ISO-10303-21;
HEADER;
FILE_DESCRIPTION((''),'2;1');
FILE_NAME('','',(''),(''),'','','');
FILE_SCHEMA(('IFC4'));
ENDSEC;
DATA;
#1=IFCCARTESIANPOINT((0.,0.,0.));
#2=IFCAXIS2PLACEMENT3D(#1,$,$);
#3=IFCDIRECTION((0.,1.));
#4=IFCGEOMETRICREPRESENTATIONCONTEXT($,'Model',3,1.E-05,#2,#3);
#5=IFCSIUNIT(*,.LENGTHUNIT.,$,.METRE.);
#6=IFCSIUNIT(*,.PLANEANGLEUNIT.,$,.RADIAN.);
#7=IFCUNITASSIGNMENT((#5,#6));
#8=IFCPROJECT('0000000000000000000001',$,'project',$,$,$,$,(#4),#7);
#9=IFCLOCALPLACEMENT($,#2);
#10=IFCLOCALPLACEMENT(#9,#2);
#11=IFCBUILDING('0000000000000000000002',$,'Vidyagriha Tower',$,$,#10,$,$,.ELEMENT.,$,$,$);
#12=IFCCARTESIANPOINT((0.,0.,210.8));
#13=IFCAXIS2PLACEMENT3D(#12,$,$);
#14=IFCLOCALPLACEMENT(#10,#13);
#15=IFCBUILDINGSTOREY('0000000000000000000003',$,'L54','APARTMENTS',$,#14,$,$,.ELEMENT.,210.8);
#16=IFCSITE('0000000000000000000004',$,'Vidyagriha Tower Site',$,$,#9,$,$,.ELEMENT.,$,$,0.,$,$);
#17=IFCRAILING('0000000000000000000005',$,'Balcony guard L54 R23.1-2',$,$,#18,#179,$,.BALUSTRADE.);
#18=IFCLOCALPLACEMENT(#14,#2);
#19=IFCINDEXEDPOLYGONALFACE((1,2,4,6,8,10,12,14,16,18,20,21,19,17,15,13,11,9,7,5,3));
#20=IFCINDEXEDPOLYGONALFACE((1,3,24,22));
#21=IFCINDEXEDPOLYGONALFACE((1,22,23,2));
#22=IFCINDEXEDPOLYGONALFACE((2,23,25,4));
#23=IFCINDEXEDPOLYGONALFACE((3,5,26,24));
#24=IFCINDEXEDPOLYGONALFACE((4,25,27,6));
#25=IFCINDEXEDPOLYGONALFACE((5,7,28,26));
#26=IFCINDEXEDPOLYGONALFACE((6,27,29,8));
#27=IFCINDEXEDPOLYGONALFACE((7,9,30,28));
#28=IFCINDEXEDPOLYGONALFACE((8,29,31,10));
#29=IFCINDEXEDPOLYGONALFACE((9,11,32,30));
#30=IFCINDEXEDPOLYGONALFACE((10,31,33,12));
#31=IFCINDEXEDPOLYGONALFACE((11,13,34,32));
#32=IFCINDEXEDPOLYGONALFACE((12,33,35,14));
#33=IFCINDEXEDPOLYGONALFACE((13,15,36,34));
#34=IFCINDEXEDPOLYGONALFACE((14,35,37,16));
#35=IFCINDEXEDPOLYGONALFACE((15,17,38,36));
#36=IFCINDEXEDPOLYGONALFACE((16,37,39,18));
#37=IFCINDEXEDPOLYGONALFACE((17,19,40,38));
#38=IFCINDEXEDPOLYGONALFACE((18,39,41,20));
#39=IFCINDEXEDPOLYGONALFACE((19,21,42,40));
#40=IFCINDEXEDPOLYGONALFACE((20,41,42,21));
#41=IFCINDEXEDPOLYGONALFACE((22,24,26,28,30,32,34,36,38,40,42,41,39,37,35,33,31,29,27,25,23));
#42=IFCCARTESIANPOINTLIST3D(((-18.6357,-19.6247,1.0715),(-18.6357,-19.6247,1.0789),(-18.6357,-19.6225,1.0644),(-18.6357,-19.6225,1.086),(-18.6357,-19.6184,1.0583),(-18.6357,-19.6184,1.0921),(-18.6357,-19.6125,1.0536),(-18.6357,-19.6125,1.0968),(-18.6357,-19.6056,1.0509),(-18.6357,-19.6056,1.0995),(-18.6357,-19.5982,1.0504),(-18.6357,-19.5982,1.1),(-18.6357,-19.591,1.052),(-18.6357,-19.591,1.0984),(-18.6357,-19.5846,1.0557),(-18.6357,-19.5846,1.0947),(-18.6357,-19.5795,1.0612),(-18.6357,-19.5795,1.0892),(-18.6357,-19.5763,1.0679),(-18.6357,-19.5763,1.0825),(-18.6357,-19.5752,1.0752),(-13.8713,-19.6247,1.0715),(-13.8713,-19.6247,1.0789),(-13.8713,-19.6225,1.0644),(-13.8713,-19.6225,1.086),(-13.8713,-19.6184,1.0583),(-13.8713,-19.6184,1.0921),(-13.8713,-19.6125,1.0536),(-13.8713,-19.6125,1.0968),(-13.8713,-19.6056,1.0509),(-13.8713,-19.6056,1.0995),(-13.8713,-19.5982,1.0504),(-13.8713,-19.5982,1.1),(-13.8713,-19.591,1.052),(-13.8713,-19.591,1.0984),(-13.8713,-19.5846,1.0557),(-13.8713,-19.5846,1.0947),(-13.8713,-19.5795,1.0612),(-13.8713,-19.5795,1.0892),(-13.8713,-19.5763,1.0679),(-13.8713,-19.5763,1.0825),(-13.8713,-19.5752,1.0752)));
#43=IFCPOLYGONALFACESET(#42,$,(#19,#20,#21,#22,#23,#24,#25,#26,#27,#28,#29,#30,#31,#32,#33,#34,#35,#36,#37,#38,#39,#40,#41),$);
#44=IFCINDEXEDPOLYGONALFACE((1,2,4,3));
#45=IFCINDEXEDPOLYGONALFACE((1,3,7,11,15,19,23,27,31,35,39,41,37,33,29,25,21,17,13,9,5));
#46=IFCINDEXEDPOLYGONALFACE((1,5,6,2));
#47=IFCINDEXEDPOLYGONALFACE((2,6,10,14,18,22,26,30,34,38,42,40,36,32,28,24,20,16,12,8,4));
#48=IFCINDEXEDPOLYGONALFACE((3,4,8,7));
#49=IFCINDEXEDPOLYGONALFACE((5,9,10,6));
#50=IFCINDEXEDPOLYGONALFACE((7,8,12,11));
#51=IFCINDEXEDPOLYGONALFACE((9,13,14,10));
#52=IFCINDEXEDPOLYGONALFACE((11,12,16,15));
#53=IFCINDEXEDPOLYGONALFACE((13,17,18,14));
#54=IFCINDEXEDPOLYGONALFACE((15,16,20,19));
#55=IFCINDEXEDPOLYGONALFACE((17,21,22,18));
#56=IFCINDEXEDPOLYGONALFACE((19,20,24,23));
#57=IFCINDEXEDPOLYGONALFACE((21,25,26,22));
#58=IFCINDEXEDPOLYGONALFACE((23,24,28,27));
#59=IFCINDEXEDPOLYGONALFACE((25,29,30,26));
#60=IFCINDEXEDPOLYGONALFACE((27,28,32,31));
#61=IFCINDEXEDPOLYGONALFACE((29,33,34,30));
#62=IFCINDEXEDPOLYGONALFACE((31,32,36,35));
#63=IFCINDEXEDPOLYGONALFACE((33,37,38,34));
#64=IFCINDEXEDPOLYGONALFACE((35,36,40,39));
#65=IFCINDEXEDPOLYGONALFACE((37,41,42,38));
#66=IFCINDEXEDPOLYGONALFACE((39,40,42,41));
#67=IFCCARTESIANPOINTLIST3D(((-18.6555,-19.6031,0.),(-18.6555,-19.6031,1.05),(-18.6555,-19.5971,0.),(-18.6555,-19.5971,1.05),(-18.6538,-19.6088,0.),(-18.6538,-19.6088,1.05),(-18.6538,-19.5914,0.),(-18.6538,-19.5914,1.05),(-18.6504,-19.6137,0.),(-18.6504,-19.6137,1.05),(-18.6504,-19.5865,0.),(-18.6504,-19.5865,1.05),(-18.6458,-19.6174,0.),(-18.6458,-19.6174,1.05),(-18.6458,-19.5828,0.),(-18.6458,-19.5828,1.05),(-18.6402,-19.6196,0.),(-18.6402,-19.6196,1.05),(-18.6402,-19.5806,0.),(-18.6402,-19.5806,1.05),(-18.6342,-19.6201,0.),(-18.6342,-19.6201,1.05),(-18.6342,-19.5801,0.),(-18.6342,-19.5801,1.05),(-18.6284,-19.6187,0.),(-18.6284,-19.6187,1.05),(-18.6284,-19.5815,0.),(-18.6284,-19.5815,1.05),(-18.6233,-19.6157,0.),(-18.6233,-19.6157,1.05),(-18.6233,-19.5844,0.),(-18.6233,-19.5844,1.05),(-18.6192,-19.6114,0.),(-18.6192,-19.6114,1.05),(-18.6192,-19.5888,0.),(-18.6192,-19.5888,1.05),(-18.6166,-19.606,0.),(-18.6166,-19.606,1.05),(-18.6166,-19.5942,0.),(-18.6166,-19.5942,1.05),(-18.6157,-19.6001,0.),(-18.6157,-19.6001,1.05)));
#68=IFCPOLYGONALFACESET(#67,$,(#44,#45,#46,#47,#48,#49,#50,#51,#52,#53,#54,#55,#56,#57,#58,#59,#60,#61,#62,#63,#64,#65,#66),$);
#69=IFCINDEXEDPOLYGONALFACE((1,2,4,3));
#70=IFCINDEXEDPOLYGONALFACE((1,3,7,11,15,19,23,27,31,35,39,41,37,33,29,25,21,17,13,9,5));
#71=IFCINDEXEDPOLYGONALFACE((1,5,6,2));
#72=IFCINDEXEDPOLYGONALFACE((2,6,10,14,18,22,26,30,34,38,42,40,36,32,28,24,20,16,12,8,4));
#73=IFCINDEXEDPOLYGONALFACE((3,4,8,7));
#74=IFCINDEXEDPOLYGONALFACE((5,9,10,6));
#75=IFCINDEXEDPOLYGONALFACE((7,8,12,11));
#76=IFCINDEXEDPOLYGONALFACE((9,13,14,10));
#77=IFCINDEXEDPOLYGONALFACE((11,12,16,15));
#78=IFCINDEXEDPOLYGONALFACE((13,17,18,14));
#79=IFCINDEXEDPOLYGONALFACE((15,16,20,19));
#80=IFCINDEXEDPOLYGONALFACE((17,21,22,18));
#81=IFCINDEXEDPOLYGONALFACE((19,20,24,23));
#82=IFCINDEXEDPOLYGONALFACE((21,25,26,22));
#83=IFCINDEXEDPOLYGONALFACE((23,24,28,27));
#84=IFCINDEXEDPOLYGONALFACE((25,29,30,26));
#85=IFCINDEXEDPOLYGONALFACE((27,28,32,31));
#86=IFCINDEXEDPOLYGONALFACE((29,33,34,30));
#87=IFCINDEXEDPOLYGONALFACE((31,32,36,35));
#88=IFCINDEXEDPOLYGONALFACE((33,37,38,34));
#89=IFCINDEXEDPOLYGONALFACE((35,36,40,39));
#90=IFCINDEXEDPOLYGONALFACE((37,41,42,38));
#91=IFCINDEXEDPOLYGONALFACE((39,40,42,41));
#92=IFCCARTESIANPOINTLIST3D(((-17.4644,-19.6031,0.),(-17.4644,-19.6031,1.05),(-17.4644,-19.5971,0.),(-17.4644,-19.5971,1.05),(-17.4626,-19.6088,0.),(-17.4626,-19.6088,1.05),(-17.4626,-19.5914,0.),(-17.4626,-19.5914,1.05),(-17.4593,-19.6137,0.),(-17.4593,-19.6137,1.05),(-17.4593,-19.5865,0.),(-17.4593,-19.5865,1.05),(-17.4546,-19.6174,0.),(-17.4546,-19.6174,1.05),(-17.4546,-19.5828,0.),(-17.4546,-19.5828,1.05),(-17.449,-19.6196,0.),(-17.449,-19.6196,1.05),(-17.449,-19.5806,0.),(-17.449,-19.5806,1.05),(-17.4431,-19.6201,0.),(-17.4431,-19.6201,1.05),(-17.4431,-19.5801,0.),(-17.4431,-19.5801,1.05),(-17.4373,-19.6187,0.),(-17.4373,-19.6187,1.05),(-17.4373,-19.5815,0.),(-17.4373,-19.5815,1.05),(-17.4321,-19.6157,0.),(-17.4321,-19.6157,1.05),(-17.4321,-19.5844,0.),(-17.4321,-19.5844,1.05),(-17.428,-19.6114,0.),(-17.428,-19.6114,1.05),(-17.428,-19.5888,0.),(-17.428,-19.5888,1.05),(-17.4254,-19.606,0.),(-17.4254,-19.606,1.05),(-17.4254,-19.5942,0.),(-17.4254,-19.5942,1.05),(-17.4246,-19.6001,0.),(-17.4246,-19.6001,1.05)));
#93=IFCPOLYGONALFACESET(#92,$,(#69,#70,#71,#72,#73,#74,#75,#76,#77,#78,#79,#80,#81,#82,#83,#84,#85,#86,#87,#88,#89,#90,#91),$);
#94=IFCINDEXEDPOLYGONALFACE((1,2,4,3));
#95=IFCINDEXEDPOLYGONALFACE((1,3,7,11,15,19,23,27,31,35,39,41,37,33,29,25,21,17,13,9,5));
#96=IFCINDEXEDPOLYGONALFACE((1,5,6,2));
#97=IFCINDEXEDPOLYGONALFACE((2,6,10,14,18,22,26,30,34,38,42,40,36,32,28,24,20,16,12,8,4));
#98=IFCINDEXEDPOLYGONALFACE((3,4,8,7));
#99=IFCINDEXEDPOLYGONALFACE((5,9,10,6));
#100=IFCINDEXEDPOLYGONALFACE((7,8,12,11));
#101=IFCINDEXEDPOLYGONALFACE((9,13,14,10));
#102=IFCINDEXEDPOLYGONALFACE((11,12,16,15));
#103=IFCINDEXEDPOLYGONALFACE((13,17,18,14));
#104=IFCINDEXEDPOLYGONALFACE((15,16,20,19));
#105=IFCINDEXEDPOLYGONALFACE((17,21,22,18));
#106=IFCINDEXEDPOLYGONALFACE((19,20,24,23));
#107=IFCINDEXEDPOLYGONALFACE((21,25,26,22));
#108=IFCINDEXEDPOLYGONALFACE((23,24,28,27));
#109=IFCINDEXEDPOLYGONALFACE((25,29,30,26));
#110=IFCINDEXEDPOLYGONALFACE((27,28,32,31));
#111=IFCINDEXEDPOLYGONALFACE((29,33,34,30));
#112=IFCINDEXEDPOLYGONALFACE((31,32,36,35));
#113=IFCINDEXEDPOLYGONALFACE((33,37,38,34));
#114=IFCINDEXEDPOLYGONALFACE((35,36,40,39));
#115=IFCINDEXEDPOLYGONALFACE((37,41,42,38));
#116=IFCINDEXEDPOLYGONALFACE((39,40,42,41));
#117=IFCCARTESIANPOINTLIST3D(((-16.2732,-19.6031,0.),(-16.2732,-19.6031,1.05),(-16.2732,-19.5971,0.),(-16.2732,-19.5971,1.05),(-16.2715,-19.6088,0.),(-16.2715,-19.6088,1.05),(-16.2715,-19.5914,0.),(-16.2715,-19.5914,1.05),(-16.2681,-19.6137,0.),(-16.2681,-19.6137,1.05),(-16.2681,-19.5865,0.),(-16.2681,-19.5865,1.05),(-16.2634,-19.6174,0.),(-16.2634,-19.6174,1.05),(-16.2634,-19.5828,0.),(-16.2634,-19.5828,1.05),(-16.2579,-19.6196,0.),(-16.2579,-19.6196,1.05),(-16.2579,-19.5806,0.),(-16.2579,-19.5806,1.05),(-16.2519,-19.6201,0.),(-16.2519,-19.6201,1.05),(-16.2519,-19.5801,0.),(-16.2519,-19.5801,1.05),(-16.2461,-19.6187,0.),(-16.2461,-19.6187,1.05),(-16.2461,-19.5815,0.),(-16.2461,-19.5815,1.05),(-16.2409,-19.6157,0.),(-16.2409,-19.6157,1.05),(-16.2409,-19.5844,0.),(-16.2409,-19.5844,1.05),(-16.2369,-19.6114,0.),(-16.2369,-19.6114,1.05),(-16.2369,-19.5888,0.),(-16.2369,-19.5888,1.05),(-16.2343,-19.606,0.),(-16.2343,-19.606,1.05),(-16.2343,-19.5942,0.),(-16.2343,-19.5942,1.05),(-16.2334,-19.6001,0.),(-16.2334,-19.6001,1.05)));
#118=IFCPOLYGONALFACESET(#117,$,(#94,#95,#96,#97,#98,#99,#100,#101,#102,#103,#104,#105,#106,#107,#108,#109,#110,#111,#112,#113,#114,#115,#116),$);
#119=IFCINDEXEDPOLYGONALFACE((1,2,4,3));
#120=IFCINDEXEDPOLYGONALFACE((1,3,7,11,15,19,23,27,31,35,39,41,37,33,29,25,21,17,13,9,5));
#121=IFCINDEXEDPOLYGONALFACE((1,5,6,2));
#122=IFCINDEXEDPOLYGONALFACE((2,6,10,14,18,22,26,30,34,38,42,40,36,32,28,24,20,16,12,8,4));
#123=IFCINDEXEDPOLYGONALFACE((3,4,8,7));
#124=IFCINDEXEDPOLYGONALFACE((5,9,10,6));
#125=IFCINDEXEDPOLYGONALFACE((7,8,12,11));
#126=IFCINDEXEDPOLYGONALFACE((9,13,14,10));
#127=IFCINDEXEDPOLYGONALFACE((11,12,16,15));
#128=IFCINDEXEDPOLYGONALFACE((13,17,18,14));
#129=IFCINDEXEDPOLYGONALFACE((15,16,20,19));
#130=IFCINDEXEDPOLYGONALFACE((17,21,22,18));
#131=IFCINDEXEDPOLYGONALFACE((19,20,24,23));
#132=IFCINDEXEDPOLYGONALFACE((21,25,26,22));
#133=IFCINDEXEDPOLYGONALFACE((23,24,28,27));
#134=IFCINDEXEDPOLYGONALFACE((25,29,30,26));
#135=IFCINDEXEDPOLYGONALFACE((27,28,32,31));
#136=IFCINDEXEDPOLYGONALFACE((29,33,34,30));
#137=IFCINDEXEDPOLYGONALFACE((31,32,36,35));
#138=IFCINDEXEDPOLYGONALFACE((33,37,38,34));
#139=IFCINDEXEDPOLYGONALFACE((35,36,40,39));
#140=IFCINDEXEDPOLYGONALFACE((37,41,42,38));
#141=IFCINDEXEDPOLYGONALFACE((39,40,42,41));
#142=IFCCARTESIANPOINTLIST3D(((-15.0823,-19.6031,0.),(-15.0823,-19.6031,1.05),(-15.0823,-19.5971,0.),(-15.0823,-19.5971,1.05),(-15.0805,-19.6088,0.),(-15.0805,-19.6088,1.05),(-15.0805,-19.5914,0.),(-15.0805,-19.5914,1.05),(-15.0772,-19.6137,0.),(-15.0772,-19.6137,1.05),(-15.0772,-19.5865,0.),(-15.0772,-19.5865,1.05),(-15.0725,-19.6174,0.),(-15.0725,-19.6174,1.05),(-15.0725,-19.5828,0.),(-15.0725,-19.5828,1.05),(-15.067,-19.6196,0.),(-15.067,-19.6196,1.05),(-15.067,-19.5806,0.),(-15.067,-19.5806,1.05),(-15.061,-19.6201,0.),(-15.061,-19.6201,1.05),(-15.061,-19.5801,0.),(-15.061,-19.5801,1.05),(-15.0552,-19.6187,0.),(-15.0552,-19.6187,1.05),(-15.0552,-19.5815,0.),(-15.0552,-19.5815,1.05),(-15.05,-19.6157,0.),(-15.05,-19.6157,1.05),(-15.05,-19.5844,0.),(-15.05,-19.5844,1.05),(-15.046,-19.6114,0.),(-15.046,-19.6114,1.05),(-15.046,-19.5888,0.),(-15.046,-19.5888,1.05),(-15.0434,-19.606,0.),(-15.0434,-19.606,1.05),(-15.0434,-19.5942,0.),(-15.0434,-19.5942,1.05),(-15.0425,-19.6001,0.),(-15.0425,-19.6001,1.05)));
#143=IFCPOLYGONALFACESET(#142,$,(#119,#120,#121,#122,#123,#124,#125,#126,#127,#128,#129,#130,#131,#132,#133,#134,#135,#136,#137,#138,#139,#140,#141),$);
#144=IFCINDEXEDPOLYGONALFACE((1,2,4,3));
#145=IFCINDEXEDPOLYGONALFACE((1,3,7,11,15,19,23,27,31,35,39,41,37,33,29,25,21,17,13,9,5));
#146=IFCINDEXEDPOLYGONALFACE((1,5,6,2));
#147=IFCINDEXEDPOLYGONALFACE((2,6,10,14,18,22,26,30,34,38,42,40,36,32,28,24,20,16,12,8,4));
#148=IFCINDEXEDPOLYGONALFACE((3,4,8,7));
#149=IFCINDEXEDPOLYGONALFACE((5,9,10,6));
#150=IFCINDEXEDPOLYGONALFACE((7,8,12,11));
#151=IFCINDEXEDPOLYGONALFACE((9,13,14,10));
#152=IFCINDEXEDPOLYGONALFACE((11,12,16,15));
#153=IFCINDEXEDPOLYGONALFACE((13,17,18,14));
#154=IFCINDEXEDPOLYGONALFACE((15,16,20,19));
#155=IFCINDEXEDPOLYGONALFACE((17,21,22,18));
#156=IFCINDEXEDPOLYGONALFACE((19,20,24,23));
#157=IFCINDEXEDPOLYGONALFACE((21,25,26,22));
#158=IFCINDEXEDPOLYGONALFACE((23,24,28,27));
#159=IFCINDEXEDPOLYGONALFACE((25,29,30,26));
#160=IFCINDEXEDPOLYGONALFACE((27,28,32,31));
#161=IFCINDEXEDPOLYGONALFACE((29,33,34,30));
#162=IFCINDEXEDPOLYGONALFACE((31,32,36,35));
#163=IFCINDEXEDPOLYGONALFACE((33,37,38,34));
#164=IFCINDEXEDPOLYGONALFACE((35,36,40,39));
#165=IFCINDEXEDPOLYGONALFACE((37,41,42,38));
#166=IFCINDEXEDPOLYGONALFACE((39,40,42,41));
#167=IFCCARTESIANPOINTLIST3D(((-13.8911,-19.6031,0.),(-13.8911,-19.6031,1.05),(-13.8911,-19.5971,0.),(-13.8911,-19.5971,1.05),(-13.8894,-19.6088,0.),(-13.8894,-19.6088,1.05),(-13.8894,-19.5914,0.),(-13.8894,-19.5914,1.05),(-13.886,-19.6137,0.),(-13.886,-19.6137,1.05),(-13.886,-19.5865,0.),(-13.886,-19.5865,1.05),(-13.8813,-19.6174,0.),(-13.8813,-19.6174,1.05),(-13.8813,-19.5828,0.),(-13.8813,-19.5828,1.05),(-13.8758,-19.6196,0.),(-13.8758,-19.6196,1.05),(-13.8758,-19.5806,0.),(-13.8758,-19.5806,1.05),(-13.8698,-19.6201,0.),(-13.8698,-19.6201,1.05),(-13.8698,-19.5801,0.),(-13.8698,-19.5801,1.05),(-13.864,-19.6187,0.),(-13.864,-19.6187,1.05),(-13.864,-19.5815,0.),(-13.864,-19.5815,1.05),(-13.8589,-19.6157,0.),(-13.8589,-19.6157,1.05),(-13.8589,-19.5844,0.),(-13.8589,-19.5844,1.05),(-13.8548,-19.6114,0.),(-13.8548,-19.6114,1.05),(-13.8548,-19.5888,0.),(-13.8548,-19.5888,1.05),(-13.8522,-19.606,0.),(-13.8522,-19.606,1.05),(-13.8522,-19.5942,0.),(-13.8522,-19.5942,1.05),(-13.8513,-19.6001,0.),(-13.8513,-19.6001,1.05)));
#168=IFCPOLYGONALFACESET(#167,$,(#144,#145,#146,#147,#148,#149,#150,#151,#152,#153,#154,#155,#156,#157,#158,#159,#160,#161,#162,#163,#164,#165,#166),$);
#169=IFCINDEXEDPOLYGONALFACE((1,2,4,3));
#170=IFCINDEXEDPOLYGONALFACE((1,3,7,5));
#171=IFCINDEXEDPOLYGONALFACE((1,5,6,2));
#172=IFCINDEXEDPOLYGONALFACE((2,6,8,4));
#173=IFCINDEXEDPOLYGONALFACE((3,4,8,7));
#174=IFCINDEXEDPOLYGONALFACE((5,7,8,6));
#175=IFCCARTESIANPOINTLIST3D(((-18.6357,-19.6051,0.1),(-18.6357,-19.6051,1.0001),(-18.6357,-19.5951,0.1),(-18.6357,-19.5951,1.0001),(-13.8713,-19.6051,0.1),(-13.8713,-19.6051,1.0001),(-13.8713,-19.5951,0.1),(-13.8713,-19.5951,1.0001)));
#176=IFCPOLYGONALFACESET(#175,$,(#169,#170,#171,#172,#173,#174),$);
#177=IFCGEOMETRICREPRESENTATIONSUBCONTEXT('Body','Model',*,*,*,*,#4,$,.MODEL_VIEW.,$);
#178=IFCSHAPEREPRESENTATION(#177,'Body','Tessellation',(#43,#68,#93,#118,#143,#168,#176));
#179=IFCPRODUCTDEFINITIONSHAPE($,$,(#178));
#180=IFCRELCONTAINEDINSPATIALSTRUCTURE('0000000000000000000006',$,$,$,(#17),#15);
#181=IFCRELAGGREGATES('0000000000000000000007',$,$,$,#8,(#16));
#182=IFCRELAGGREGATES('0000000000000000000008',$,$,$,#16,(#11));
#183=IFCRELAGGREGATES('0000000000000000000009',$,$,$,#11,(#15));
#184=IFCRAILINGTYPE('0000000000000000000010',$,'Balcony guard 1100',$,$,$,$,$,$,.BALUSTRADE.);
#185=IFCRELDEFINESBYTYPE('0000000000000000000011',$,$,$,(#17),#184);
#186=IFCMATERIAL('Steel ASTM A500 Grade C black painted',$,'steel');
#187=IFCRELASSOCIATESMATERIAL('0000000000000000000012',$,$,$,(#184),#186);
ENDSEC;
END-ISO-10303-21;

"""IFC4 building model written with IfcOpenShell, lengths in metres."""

from ifc_helpers import new_model, si_unit, direction, frame, origin, origin_2d, place, context, subcontext, project, spatial, rectangle, circle, extrude, material, type_object, element, save


model = new_model("IFC4")

# Units and contexts
model_context = context("Model", 3, precision=1e-05, world=origin(), true_north=direction((0.0, 1.0)))
body_context = subcontext(model_context, "Body", "Model", "MODEL_VIEW")
ifc_project = project(units=[si_unit("LENGTHUNIT", "METRE"), si_unit("PLANEANGLEUNIT", "RADIAN")], contexts=[model_context])

# Site, building, storey
site_placement = place(None, origin())
site = spatial("IfcSite", under=ifc_project, at=site_placement, Name="Vidyagriha Tower Site", CompositionType="ELEMENT", RefElevation=0.0)
building_placement = place(site_placement, origin())
building = spatial("IfcBuilding", under=site, at=building_placement, Name="Vidyagriha Tower", CompositionType="ELEMENT")
storey_placement = place(building_placement, frame((0.0, 0.0, 210.8)))
storey = spatial("IfcBuildingStorey", under=building, at=storey_placement, Name="L54", Description="APARTMENTS", CompositionType="ELEMENT", Elevation=210.8)

# Railing
ifc_material_1 = material(Name="Steel ASTM A500 Grade C black painted", Category="steel")
railing_type = type_object("IfcRailingType", Name="Balcony guard 1100", PredefinedType="BALUSTRADE", material=ifc_material_1)
railing_1_placement = place(storey_placement, frame((-18.6357, -19.6001, 0.0)))
element("IfcRailing", 1, at=railing_1_placement, inside=storey, type_object=railing_type, Name="Balcony guard L54 R23.1-2", PredefinedType="BALUSTRADE", context=body_context, shape_type="SweptSolid", body=[
    extrude(circle(Radius=0.0249, at=origin_2d()), frame((0.0, 0.0, 1.0752), z_axis=(1.0, 0.0, 0.0), x_axis=(0.0, 1.0, 0.0)), (0.0, 0.0, 1.0), 4.7644),
    extrude(circle(Radius=0.02, at=origin_2d()), origin(), (0.0, 0.0, 1.0), 1.05),
    extrude(circle(Radius=0.02, at=origin_2d()), frame((1.1912, 0.0, 0.0)), (0.0, 0.0, 1.0), 1.05),
    extrude(circle(Radius=0.02, at=origin_2d()), frame((2.3823, 0.0, 0.0)), (0.0, 0.0, 1.0), 1.05),
    extrude(circle(Radius=0.02, at=origin_2d()), frame((3.5732, 0.0, 0.0)), (0.0, 0.0, 1.0), 1.05),
    extrude(circle(Radius=0.02, at=origin_2d()), frame((4.7644, 0.0, 0.0)), (0.0, 0.0, 1.0), 1.05),
    extrude(rectangle(XDim=0.01, YDim=0.9001, at=origin_2d()), frame((0.0, 0.0, 0.55), z_axis=(1.0, 0.0, 0.0), x_axis=(0.0, 1.0, 0.0)), (0.0, 0.0, 1.0), 4.7644),
])

save(model, "model.ifc")
